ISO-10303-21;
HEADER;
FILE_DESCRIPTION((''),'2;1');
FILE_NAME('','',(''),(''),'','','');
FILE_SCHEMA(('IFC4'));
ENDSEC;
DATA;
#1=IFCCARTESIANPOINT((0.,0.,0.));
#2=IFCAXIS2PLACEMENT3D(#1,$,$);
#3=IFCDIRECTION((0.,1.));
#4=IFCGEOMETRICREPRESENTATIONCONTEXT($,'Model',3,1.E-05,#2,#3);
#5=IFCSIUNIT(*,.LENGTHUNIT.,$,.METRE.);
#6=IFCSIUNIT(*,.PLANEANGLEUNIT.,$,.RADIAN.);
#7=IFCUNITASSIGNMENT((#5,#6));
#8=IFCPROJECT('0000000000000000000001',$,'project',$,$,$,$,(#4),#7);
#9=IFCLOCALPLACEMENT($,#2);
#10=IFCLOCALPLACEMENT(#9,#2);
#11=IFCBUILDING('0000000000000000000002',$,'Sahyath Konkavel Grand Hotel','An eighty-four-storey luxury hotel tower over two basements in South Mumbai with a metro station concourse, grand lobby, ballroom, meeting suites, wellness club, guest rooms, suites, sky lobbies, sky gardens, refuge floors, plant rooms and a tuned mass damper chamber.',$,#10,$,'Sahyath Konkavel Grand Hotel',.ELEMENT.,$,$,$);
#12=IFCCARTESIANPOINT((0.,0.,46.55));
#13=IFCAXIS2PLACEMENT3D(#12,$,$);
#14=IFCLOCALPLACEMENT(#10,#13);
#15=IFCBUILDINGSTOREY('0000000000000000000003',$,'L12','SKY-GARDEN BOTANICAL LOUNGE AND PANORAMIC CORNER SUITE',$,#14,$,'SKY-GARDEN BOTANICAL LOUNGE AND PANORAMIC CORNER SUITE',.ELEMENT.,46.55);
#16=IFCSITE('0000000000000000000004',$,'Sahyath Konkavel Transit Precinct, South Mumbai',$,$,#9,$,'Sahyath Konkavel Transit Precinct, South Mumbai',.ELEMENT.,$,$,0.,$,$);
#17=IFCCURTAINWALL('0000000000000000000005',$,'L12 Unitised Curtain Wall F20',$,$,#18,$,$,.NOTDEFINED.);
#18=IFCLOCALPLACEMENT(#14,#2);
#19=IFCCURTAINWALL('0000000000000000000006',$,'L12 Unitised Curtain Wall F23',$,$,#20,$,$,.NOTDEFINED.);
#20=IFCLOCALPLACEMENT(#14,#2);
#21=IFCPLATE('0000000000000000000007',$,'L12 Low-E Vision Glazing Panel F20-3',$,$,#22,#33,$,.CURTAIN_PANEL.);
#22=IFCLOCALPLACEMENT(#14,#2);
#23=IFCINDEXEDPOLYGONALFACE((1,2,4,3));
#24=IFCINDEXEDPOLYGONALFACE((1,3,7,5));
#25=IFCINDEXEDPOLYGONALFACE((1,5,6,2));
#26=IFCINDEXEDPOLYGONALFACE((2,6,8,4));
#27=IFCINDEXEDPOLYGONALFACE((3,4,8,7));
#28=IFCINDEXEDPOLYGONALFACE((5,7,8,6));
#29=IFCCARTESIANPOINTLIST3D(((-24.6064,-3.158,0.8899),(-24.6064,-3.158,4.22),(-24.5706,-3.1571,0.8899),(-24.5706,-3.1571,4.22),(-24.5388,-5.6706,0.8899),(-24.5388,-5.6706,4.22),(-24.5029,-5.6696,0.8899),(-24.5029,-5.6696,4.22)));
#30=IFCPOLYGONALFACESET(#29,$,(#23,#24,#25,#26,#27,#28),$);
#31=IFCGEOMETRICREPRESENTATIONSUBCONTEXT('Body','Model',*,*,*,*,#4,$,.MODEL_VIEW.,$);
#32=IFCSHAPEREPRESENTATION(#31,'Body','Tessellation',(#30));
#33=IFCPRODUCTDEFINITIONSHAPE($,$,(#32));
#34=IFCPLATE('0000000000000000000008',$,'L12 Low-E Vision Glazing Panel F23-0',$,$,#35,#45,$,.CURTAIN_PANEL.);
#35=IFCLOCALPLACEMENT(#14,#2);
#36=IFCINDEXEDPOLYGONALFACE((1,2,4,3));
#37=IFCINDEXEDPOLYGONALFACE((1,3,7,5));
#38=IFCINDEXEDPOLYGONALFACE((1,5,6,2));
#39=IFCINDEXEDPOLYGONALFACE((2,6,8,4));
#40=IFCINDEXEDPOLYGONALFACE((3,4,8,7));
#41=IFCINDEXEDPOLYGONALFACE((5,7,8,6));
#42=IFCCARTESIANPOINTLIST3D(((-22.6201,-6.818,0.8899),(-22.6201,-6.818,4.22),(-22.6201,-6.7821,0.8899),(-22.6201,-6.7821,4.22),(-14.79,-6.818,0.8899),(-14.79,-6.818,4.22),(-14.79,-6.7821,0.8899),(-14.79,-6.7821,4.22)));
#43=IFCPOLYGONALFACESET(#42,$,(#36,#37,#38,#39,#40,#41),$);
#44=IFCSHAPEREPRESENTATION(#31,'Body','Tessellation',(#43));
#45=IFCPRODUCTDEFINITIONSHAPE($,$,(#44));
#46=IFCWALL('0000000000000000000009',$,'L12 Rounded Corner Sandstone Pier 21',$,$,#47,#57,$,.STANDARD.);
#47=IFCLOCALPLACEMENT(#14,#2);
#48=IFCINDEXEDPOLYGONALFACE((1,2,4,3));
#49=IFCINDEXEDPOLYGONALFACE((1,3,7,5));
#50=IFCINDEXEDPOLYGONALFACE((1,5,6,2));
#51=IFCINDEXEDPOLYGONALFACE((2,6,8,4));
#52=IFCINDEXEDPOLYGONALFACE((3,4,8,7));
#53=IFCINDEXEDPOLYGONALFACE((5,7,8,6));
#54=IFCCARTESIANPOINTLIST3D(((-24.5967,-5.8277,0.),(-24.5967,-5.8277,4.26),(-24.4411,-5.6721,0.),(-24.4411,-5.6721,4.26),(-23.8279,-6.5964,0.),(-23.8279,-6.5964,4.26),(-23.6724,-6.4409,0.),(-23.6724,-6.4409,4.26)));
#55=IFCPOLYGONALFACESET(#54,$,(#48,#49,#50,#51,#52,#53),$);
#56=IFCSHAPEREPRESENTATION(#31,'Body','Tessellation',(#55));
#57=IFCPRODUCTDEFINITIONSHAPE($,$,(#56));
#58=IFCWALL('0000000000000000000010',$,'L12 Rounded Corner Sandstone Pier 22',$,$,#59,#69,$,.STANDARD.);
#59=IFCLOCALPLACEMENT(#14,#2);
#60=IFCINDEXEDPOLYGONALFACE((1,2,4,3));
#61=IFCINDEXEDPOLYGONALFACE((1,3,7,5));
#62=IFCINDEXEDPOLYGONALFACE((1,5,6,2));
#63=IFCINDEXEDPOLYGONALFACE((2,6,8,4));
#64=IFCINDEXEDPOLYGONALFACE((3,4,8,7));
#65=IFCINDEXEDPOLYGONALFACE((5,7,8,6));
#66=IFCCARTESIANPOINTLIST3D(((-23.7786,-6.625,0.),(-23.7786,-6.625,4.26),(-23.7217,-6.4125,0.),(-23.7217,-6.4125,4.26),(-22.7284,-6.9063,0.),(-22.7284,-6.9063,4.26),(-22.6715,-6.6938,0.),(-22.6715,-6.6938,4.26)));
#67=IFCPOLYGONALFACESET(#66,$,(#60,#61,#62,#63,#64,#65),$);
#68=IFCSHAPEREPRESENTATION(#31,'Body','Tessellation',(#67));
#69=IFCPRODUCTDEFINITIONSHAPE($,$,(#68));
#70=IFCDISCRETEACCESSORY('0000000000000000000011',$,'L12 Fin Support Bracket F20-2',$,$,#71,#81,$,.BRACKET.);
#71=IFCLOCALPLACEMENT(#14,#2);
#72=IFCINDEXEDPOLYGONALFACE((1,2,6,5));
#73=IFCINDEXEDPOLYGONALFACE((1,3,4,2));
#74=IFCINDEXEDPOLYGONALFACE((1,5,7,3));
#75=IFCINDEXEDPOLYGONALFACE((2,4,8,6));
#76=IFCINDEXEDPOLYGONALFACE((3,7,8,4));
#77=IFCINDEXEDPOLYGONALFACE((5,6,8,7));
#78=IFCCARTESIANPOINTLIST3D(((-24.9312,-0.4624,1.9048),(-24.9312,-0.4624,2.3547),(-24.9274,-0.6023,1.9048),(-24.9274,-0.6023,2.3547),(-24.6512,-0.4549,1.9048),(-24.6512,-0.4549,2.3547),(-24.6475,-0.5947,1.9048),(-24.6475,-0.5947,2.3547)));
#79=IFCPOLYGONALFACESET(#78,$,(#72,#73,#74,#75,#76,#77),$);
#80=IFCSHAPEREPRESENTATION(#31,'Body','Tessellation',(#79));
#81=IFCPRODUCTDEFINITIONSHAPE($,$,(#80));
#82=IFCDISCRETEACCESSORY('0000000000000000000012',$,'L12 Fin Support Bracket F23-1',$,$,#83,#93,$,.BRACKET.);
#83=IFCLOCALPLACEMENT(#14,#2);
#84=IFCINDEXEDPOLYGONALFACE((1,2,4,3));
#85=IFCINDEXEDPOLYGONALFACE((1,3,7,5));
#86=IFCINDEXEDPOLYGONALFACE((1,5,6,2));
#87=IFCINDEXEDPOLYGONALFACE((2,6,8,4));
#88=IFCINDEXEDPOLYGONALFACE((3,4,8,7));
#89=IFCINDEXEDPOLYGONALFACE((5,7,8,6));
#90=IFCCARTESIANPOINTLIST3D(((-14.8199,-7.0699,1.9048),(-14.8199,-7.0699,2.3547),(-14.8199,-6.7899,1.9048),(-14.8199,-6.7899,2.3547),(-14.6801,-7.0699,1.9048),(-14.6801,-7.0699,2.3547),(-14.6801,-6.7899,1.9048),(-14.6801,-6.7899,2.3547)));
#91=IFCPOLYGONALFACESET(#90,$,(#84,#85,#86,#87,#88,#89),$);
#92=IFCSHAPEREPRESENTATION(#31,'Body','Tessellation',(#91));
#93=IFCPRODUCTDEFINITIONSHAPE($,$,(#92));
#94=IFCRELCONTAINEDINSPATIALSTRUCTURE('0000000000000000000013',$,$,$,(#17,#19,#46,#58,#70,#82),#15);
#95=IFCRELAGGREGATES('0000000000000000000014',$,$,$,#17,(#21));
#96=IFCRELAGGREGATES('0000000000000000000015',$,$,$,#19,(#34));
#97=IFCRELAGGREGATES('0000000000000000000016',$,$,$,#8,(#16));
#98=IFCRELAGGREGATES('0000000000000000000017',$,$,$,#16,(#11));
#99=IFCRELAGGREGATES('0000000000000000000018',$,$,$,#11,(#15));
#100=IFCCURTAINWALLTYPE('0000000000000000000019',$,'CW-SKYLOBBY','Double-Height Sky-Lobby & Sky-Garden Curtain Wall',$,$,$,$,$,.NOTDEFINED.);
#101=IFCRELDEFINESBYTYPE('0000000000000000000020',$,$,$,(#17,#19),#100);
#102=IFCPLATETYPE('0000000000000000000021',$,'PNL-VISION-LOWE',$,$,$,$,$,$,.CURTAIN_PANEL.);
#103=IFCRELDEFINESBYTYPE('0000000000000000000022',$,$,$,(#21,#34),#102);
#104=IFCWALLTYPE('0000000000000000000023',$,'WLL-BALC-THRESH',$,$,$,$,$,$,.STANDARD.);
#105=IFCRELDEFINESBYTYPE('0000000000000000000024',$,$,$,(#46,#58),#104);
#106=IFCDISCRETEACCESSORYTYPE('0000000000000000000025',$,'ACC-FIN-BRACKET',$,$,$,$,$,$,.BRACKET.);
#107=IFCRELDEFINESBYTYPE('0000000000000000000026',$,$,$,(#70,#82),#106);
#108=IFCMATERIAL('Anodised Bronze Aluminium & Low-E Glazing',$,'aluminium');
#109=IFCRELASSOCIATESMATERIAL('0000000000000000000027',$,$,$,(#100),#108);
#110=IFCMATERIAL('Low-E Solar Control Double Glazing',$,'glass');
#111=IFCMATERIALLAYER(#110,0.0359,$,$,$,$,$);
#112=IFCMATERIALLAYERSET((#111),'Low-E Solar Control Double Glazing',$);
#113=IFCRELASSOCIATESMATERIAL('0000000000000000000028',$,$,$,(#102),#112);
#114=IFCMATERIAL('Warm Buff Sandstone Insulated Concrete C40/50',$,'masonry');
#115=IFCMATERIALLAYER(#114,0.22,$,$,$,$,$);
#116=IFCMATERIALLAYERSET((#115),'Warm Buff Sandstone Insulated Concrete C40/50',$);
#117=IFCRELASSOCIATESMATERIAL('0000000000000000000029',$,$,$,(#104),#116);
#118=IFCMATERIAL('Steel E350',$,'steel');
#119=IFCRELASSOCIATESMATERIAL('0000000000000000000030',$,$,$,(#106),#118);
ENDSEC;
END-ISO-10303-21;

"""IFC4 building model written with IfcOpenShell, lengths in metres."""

from ifc_helpers import new_model, si_unit, direction, frame, frame_2d, origin, origin_2d, place, context, subcontext, project, spatial, rectangle, extrude, source, transform, mapped, material, layer, layer_set, type_object, element, aggregate, save


model = new_model("IFC4")

# Units and contexts
model_context = context("Model", 3, precision=1e-05, world=origin(), true_north=direction((0.0, 1.0)))
body_context = subcontext(model_context, "Body", "Model", "MODEL_VIEW")
ifc_project = project(units=[si_unit("LENGTHUNIT", "METRE"), si_unit("PLANEANGLEUNIT", "RADIAN")], contexts=[model_context])

# Site, building, storey
site_placement = place(None, origin())
site = spatial("IfcSite", under=ifc_project, at=site_placement, Name="Sahyath Konkavel Transit Precinct, South Mumbai", LongName="Sahyath Konkavel Transit Precinct, South Mumbai", CompositionType="ELEMENT", RefElevation=0.0)
building_placement = place(site_placement, origin())
building = spatial("IfcBuilding", under=site, at=building_placement, Name="Sahyath Konkavel Grand Hotel", Description="An eighty-four-storey luxury hotel tower over two basements in South Mumbai with a metro station concourse, grand lobby, ballroom, meeting suites, wellness club, guest rooms, suites, sky lobbies, sky gardens, refuge floors, plant rooms and a tuned mass damper chamber.", LongName="Sahyath Konkavel Grand Hotel", CompositionType="ELEMENT")
storey_placement = place(building_placement, frame((0.0, 0.0, 46.55)))
storey = spatial("IfcBuildingStorey", under=building, at=storey_placement, Name="L12", Description="SKY-GARDEN BOTANICAL LOUNGE AND PANORAMIC CORNER SUITE", LongName="SKY-GARDEN BOTANICAL LOUNGE AND PANORAMIC CORNER SUITE", CompositionType="ELEMENT", Elevation=46.55)

# Shared definitions
ifc_material_1 = material(Name="Steel E350", Category="steel")

# Curtain walls
ifc_material_2 = material(Name="Anodised Bronze Aluminium & Low-E Glazing", Category="aluminium")
curtain_wall_type = type_object("IfcCurtainWallType", Name="CW-SKYLOBBY", Description="Double-Height Sky-Lobby & Sky-Garden Curtain Wall", PredefinedType="NOTDEFINED", material=ifc_material_2)
curtain_wall_1_placement = place(storey_placement, origin())
curtain_wall_1 = element("IfcCurtainWall", 1, at=curtain_wall_1_placement, inside=storey, type_object=curtain_wall_type, Name="L12 Unitised Curtain Wall F20", PredefinedType="NOTDEFINED")
curtain_wall_2_placement = place(storey_placement, origin())
curtain_wall_2 = element("IfcCurtainWall", 2, at=curtain_wall_2_placement, inside=storey, type_object=curtain_wall_type, Name="L12 Unitised Curtain Wall F23", PredefinedType="NOTDEFINED")

# Plates
ifc_material_3 = material(Name="Low-E Solar Control Double Glazing", Category="glass")
ifc_layer_1 = layer(ifc_material_3, 0.0359)
ifc_layer_set_1 = layer_set([ifc_layer_1], Name="Low-E Solar Control Double Glazing")
plate_type_1 = type_object("IfcPlateType", Name="PNL-VISION-LOWE", PredefinedType="CURTAIN_PANEL", material=ifc_layer_set_1)
shared_shape_1 = source(origin(), body_context, "Body", "SweptSolid", [
    extrude(rectangle(XDim=2.5134, YDim=0.0359, at=origin_2d()), origin(), (0.0, 0.0, 1.0), 3.3301),
])
plate_1_placement = place(storey_placement, frame((-24.5547, -4.4138, 0.8899), z_axis=(0.0, 0.0, 1.0), x_axis=(0.02691, -0.999638, 0.0)))
plate_1 = element("IfcPlate", 3, at=plate_1_placement, type_object=plate_type_1, Name="L12 Low-E Vision Glazing Panel F20-3", PredefinedType="CURTAIN_PANEL", context=body_context, shape_type="MappedRepresentation", body=[
    mapped(shared_shape_1, transform((0.0, 0.0, 0.0), scale=1.0)),
])
aggregate(curtain_wall_1, [plate_1])
shared_shape_2 = source(origin(), body_context, "Body", "SweptSolid", [
    extrude(rectangle(XDim=7.8301, YDim=0.0359, at=origin_2d()), origin(), (0.0, 0.0, 1.0), 3.3301),
])
plate_2_placement = place(storey_placement, frame((-18.7051, -6.8, 0.8899), z_axis=(0.0, 0.0, 1.0), x_axis=(1.0, 0.0, 0.0)))
plate_2 = element("IfcPlate", 4, at=plate_2_placement, type_object=plate_type_1, Name="L12 Low-E Vision Glazing Panel F23-0", PredefinedType="CURTAIN_PANEL", context=body_context, shape_type="MappedRepresentation", body=[
    mapped(shared_shape_2, transform((0.0, 0.0, 0.0), scale=1.0)),
])
aggregate(curtain_wall_2, [plate_2])

# Walls
ifc_material_4 = material(Name="Warm Buff Sandstone Insulated Concrete C40/50", Category="masonry")
ifc_layer_2 = layer(ifc_material_4, 0.22)
ifc_layer_set_2 = layer_set([ifc_layer_2], Name="Warm Buff Sandstone Insulated Concrete C40/50")
wall_type = type_object("IfcWallType", Name="WLL-BALC-THRESH", PredefinedType="STANDARD", material=ifc_layer_set_2)
for number, where, z_axis, x_axis, name in (
    (5, (-24.5188, -5.75, 0.0), (0.0, 0.0, 1.0), (0.707107, -0.707107, 0.0), "L12 Rounded Corner Sandstone Pier 21"),
    (6, (-23.75, -6.5188, 0.0), (0.0, 0.0, 1.0), (0.965951, -0.258725, 0.0), "L12 Rounded Corner Sandstone Pier 22"),
):
    element("IfcWall", number, at=place(storey_placement, frame(where, z_axis=z_axis, x_axis=x_axis)), inside=storey, type_object=wall_type, Name=name, PredefinedType="STANDARD", context=body_context, shape_type="SweptSolid", body=[
        extrude(rectangle(XDim=1.0872, YDim=0.22, at=frame_2d((0.5435, 0.0))), origin(), (0.0, 0.0, 1.0), 4.26),
    ])

# Discrete accessories
discrete_accessory_type = type_object("IfcDiscreteAccessoryType", Name="ACC-FIN-BRACKET", PredefinedType="BRACKET", material=ifc_material_1)
shared_shape_3 = source(origin(), body_context, "Body", "SweptSolid", [
    extrude(rectangle(XDim=0.28, YDim=0.1399, at=origin_2d()), origin(), (0.0, 0.0, 1.0), 0.45),
])
for number, where, z_axis, x_axis, name in (
    (7, (-24.7893, -0.5286, 1.9048), (0.0, 0.0, 1.0), (-0.999638, -0.02691, 0.0), "L12 Fin Support Bracket F20-2"),
    (8, (-14.75, -6.9299, 1.9048), (0.0, 0.0, 1.0), (0.0, -1.0, 0.0), "L12 Fin Support Bracket F23-1"),
):
    element("IfcDiscreteAccessory", number, at=place(storey_placement, frame(where, z_axis=z_axis, x_axis=x_axis)), inside=storey, type_object=discrete_accessory_type, Name=name, PredefinedType="BRACKET", context=body_context, shape_type="MappedRepresentation", body=[
        mapped(shared_shape_3, transform((0.0, 0.0, 0.0), scale=1.0)),
    ])

save(model, "model.ifc")
